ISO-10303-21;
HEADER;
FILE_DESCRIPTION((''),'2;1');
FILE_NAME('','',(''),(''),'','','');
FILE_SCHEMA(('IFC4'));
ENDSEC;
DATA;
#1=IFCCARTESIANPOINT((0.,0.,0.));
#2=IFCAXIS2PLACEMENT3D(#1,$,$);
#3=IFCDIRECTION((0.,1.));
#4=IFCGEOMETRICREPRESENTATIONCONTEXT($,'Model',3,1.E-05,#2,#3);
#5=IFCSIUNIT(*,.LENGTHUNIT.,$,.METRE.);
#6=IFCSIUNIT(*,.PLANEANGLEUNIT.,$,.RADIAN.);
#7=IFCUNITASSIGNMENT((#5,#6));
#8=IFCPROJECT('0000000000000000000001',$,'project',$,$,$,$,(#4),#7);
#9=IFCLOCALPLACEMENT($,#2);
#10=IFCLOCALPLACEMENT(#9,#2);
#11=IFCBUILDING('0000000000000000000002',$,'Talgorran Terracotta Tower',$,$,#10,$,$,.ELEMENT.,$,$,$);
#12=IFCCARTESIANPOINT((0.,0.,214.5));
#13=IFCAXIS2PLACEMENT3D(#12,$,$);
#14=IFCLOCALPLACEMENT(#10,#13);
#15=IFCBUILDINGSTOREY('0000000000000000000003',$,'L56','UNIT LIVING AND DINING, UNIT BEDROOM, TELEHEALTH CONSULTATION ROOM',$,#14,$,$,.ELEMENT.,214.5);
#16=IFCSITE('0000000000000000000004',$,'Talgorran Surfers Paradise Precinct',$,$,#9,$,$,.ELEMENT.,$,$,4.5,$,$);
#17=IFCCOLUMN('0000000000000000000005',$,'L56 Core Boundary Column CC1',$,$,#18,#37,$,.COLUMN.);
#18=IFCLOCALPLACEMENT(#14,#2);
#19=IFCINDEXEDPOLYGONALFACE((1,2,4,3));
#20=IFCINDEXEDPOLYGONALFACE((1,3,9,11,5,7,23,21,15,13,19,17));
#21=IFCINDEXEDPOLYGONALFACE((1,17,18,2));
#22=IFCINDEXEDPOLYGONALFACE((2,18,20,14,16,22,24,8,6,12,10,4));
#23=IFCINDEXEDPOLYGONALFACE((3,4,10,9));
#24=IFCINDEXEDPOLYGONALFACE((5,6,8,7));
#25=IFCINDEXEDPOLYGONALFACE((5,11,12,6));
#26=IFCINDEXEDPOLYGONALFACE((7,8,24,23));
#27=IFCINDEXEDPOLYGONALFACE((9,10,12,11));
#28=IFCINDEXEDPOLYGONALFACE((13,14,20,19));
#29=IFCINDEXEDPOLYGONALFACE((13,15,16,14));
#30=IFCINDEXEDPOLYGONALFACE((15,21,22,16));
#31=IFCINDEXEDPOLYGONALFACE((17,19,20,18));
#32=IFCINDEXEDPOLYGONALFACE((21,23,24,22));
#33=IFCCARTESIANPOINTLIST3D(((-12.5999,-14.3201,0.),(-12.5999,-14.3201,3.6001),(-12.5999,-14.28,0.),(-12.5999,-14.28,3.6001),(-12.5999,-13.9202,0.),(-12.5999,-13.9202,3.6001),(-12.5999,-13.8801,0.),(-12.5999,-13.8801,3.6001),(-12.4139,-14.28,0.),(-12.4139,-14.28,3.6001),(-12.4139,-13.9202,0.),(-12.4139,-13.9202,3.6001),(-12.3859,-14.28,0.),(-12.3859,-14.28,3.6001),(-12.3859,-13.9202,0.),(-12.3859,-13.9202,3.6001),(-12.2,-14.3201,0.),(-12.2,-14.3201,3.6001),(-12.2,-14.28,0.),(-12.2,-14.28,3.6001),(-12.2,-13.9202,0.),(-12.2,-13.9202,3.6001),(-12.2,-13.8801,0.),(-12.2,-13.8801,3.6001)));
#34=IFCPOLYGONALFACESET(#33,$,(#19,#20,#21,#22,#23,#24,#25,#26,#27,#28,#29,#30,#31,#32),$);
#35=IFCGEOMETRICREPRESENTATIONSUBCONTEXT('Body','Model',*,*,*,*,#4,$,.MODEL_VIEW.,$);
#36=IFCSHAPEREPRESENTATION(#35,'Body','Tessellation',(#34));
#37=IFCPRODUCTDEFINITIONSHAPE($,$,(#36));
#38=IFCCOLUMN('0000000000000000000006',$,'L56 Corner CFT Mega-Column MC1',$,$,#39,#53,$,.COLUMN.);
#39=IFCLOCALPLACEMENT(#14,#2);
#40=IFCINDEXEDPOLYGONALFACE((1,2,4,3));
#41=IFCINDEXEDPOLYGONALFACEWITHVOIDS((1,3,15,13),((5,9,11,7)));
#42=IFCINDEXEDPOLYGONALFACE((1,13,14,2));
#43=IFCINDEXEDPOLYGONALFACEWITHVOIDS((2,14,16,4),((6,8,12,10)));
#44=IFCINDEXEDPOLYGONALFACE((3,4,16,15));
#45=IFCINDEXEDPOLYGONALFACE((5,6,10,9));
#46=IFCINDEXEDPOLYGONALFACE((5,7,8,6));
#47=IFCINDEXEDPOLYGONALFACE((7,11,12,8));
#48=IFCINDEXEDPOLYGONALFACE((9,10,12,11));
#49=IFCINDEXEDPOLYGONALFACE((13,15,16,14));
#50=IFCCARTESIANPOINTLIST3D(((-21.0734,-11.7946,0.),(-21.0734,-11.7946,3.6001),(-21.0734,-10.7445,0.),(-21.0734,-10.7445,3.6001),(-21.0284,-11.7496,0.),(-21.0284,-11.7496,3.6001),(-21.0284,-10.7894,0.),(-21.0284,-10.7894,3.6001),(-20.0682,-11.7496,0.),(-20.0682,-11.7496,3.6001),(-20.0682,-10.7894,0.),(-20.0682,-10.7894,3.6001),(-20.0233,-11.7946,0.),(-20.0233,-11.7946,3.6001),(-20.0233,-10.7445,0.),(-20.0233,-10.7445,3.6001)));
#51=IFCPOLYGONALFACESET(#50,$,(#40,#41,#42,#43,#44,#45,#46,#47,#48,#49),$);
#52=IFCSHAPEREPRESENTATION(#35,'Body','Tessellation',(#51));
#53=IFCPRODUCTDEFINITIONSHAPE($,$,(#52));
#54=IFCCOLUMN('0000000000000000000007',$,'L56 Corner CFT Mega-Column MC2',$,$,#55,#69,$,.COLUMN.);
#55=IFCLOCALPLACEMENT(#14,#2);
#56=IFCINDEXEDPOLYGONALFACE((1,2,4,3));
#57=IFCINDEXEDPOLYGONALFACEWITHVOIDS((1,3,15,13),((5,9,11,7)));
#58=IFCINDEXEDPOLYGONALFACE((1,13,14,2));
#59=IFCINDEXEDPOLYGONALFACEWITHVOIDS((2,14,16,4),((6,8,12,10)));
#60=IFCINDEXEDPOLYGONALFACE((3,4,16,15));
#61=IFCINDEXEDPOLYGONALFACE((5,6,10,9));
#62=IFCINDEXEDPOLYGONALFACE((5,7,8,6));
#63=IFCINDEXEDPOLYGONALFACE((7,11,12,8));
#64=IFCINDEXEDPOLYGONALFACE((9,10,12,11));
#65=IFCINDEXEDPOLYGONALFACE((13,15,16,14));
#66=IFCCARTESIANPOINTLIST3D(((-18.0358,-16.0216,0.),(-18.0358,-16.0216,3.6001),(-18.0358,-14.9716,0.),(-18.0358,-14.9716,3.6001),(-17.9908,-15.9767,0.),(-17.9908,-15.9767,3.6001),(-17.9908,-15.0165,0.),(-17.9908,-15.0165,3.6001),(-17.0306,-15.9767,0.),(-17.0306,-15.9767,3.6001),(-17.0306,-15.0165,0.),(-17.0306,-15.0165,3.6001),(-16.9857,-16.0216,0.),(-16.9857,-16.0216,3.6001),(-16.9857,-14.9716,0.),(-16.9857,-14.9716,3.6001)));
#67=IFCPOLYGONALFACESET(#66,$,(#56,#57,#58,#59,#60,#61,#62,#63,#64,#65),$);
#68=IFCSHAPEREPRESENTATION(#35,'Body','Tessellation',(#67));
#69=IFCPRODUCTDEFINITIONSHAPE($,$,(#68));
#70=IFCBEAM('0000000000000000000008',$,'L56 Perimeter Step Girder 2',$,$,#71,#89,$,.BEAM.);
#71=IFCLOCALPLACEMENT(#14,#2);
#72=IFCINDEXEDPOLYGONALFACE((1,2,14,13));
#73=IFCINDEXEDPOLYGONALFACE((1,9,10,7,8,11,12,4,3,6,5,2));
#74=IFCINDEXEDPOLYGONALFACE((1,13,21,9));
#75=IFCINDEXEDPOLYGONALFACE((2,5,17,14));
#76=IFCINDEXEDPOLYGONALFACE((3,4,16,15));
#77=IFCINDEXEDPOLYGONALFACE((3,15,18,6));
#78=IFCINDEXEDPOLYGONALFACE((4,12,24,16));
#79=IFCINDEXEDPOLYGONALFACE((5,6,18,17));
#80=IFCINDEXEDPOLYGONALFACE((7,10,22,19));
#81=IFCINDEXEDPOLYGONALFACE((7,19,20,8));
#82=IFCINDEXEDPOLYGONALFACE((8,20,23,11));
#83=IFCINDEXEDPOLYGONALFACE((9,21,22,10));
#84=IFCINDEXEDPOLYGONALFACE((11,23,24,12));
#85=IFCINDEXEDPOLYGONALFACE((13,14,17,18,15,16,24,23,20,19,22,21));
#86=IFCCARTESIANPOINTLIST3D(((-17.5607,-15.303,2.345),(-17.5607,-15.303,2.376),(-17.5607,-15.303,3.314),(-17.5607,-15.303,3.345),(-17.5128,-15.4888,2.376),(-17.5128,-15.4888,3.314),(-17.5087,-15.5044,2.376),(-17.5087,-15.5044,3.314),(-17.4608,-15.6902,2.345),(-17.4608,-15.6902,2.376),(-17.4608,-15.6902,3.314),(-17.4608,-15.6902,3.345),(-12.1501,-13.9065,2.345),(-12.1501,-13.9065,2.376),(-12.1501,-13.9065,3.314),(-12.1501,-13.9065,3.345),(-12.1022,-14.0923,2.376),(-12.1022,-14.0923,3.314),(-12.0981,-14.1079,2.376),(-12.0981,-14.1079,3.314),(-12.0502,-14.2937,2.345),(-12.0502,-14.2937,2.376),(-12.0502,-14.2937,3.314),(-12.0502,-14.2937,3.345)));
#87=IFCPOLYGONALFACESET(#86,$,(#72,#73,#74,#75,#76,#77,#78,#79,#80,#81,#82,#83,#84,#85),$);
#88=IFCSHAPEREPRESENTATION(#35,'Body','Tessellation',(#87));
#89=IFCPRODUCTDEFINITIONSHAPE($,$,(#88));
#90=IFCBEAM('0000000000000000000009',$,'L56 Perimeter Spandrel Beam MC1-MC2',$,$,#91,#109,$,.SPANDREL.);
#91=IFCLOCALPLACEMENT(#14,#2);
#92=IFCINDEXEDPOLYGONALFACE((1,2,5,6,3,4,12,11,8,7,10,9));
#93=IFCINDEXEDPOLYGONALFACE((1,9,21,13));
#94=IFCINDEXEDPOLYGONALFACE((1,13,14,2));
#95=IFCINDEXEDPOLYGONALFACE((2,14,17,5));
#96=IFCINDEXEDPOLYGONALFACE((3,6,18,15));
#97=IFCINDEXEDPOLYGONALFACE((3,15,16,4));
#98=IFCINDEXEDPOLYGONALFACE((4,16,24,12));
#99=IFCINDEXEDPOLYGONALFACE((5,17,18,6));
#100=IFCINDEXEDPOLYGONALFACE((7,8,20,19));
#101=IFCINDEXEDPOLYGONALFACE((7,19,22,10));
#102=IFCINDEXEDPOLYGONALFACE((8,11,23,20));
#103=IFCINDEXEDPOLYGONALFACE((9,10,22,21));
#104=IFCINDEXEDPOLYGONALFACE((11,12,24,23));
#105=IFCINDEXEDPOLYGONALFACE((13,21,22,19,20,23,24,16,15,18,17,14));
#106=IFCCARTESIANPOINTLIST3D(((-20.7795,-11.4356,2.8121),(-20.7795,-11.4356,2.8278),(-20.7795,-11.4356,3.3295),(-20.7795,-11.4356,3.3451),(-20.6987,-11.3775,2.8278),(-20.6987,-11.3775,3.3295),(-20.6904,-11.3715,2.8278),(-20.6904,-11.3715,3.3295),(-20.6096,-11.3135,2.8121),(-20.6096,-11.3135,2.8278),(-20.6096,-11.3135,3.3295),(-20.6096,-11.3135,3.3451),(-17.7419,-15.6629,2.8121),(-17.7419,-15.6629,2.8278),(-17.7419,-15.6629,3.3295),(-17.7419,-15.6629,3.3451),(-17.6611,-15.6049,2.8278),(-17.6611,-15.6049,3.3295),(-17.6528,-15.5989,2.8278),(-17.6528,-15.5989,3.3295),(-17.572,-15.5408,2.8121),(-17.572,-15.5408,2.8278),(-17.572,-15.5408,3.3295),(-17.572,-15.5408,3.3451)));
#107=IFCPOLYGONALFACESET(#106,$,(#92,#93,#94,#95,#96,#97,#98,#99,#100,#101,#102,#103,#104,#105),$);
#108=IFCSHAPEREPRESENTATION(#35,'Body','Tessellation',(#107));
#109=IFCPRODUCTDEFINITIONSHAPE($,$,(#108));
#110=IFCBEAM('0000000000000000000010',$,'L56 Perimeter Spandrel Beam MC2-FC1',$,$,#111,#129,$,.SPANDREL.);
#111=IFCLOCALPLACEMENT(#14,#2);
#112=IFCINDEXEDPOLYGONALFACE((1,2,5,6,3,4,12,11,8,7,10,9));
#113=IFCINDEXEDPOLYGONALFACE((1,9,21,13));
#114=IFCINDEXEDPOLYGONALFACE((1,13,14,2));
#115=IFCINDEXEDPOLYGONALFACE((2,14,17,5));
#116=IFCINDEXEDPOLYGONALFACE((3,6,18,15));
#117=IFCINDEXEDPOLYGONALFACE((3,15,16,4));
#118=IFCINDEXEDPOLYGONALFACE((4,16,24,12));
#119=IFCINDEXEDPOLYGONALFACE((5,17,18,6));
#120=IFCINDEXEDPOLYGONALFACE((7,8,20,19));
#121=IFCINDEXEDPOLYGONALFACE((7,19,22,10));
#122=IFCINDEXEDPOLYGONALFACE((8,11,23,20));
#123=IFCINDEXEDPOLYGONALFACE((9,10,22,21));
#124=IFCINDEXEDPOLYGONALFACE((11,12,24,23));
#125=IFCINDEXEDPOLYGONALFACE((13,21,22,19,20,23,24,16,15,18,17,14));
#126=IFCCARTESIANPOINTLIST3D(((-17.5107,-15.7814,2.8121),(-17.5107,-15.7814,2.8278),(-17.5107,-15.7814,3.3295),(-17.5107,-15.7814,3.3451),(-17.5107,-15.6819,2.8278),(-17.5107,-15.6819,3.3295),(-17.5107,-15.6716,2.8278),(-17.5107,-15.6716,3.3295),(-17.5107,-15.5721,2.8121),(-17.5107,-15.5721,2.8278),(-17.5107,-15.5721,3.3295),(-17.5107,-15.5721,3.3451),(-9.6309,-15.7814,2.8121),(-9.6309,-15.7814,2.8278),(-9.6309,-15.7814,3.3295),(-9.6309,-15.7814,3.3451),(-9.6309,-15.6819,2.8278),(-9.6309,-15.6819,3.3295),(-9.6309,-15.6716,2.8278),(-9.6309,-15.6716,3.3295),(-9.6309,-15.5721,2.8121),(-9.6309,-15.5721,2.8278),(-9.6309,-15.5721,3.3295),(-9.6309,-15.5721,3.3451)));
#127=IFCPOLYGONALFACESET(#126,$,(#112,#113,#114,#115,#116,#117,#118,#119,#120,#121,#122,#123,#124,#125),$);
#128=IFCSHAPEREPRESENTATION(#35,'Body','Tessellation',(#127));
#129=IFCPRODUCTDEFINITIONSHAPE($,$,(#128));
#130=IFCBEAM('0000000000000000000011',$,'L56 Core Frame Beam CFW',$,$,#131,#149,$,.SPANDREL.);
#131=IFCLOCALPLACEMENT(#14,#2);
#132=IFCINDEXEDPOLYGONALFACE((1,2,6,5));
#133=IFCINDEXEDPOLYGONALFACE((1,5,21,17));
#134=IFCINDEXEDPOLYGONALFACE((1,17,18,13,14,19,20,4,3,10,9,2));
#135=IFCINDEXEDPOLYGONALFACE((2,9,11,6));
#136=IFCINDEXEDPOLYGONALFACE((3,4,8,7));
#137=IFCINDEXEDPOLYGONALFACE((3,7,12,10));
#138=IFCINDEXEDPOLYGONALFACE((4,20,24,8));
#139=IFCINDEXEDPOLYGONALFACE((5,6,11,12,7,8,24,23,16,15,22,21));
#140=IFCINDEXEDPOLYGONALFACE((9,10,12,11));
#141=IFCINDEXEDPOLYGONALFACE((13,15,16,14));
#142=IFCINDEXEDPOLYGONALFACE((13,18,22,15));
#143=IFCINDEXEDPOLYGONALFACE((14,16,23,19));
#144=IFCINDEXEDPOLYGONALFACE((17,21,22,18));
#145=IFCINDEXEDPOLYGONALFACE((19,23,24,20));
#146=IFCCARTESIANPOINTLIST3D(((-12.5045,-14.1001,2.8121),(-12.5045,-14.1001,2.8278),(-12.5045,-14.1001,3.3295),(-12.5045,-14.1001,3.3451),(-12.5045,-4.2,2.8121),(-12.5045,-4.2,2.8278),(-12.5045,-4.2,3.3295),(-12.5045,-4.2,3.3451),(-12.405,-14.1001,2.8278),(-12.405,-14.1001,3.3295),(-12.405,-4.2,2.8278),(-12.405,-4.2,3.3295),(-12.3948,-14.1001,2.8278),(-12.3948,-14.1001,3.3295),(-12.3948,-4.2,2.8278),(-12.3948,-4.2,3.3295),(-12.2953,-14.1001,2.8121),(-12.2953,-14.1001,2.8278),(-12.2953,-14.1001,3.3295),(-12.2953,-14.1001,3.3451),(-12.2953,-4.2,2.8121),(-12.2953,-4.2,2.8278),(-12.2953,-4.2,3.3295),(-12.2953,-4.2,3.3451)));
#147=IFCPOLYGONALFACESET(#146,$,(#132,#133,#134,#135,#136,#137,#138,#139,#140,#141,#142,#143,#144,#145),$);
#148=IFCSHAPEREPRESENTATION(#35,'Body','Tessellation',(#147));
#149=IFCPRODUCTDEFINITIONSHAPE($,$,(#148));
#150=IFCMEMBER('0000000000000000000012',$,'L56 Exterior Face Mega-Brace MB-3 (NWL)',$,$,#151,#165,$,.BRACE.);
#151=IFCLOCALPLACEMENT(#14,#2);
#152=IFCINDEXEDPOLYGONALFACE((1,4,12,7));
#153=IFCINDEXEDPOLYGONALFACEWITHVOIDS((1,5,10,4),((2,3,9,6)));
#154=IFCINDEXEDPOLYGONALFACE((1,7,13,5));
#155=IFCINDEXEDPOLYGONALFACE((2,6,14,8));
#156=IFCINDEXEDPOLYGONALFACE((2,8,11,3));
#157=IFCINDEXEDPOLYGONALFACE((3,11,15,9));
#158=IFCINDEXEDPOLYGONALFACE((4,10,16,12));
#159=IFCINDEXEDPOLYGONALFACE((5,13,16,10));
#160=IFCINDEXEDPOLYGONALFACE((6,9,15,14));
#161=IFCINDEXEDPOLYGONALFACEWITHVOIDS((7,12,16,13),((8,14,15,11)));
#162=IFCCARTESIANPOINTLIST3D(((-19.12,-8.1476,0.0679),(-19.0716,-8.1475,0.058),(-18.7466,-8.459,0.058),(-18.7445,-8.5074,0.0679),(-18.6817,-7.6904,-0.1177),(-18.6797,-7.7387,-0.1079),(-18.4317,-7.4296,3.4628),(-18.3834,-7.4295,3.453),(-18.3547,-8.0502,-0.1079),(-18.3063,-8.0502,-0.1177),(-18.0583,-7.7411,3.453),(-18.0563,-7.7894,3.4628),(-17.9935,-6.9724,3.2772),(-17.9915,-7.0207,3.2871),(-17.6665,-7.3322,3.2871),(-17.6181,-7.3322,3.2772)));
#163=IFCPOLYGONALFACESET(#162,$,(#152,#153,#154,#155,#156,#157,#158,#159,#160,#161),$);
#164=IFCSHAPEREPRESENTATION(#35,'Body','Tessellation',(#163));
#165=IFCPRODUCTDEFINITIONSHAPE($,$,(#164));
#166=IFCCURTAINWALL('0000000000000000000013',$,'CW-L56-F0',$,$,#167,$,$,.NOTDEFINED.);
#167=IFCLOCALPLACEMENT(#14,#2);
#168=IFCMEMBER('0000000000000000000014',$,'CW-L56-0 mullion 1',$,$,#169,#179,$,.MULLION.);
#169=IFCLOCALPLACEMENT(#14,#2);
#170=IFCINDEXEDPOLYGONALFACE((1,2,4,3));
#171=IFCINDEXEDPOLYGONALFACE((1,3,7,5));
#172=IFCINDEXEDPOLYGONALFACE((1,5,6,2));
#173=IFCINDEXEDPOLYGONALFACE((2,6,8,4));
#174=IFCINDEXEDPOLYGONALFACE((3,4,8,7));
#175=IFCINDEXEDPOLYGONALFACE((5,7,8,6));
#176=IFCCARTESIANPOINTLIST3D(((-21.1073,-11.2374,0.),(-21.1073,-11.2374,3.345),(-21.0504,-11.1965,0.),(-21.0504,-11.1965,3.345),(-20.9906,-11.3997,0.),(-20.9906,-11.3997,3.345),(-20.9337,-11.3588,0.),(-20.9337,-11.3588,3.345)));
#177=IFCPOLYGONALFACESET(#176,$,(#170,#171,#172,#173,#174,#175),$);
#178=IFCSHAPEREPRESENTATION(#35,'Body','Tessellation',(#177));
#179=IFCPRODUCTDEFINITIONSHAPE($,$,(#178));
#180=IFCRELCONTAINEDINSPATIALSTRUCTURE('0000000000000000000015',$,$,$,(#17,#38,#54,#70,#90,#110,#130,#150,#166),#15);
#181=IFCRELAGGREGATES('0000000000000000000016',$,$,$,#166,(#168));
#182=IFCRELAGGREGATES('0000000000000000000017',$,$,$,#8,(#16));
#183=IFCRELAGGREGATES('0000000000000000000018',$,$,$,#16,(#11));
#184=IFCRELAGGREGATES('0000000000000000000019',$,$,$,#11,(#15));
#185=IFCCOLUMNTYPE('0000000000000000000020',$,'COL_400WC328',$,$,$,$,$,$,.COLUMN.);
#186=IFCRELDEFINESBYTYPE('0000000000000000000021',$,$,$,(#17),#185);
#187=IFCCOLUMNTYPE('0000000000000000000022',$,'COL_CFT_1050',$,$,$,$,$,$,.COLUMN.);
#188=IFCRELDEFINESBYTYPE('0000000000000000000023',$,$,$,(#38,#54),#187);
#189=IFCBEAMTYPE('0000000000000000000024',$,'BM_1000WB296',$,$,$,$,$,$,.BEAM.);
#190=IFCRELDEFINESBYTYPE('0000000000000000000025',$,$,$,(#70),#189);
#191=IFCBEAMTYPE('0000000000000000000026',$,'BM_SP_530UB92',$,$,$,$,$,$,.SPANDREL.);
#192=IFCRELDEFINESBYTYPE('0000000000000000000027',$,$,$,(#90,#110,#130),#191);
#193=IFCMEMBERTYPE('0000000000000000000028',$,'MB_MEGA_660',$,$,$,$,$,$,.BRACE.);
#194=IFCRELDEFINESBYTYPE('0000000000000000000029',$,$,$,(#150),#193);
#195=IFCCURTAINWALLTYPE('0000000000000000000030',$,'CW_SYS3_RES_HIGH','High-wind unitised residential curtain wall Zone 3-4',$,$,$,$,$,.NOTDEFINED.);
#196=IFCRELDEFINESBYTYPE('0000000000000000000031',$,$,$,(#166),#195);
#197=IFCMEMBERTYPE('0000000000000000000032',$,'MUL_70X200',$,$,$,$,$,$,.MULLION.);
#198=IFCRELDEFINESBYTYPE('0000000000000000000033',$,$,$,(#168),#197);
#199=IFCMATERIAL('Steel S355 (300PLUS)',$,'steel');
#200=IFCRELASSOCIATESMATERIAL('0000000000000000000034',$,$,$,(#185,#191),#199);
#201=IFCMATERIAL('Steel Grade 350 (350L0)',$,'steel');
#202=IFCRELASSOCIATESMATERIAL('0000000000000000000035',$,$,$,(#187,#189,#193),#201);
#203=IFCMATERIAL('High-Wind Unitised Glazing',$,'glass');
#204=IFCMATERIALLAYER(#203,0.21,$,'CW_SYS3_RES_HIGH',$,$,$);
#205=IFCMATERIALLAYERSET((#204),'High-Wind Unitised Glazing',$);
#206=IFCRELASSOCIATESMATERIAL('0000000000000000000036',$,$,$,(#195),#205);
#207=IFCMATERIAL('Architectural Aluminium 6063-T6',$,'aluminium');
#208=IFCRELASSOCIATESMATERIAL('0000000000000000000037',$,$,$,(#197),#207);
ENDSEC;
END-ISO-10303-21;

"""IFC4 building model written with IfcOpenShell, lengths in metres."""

from ifc_helpers import new_model, si_unit, direction, frame, origin, origin_2d, place, context, subcontext, project, spatial, rectangle, hollow_rectangle, i_section, extrude, material, layer, layer_set, material_profile, profile_set, type_object, element, aggregate, save


model = new_model("IFC4")

# Units and contexts
model_context = context("Model", 3, precision=1e-05, world=origin(), true_north=direction((0.0, 1.0)))
body_context = subcontext(model_context, "Body", "Model", "MODEL_VIEW")
ifc_project = project(units=[si_unit("LENGTHUNIT", "METRE"), si_unit("PLANEANGLEUNIT", "RADIAN")], contexts=[model_context])

# Site, building, storey
site_placement = place(None, origin())
site = spatial("IfcSite", under=ifc_project, at=site_placement, Name="Talgorran Surfers Paradise Precinct", CompositionType="ELEMENT", RefElevation=4.5)
building_placement = place(site_placement, origin())
building = spatial("IfcBuilding", under=site, at=building_placement, Name="Talgorran Terracotta Tower", CompositionType="ELEMENT")
storey_placement = place(building_placement, frame((0.0, 0.0, 214.5)))
storey = spatial("IfcBuildingStorey", under=building, at=storey_placement, Name="L56", Description="UNIT LIVING AND DINING, UNIT BEDROOM, TELEHEALTH CONSULTATION ROOM", CompositionType="ELEMENT", Elevation=214.5)

# Columns
ifc_material_1 = material(Name="Steel S355 (300PLUS)", Category="steel")
ifc_material_profile_1 = material_profile(ifc_material_1, i_section(OverallWidth=0.3999, OverallDepth=0.4399, WebThickness=0.0281, FlangeThickness=0.04, at=origin_2d()), Name="400WC328")
ifc_profile_set_1 = profile_set([ifc_material_profile_1], Name="Steel S355 (300PLUS)")
column_type_1 = type_object("IfcColumnType", Name="COL_400WC328", PredefinedType="COLUMN", material=ifc_profile_set_1)
column_placement = place(storey_placement, frame((-12.3999, -14.1001, 0.0), z_axis=(0.0, 0.0, 1.0), x_axis=(1.0, 0.0, 0.0)))
element("IfcColumn", 1, at=column_placement, inside=storey, type_object=column_type_1, Name="L56 Core Boundary Column CC1", PredefinedType="COLUMN", context=body_context, shape_type="SweptSolid", body=[
    extrude(i_section(OverallWidth=0.3999, OverallDepth=0.4399, WebThickness=0.0281, FlangeThickness=0.04, at=origin_2d()), origin(), (0.0, 0.0, 1.0), 3.6001),
])
ifc_material_2 = material(Name="Steel Grade 350 (350L0)", Category="steel")
ifc_material_profile_2 = material_profile(ifc_material_2, hollow_rectangle(XDim=1.05, YDim=1.05, WallThickness=0.0449, at=origin_2d()), Name="CFT1050X1050X45")
ifc_profile_set_2 = profile_set([ifc_material_profile_2], Name="Steel Grade 350 (350L0)")
column_type_2 = type_object("IfcColumnType", Name="COL_CFT_1050", PredefinedType="COLUMN", material=ifc_profile_set_2)
for number, where, z_axis, x_axis, name in (
    (2, (-20.5483, -11.2695, 0.0), (0.0, 0.0, 1.0), (1.0, 0.0, 0.0), "L56 Corner CFT Mega-Column MC1"),
    (3, (-17.5107, -15.4966, 0.0), (0.0, 0.0, 1.0), (1.0, 0.0, 0.0), "L56 Corner CFT Mega-Column MC2"),
):
    element("IfcColumn", number, at=place(storey_placement, frame(where, z_axis=z_axis, x_axis=x_axis)), inside=storey, type_object=column_type_2, Name=name, PredefinedType="COLUMN", context=body_context, shape_type="SweptSolid", body=[
        extrude(hollow_rectangle(XDim=1.05, YDim=1.05, WallThickness=0.0449, at=origin_2d()), origin(), (0.0, 0.0, 1.0), 3.6001),
    ])

# Beams
ifc_material_profile_3 = material_profile(ifc_material_2, i_section(OverallWidth=0.3999, OverallDepth=1.0, WebThickness=0.0161, FlangeThickness=0.031, at=origin_2d()), Name="1000WB296")
ifc_profile_set_3 = profile_set([ifc_material_profile_3], Name="Steel Grade 350 (350L0)")
beam_type_1 = type_object("IfcBeamType", Name="BM_1000WB296", PredefinedType="BEAM", material=ifc_profile_set_3)
beam_1_placement = place(storey_placement, frame((-17.5107, -15.4966, 2.845), z_axis=(0.968269, 0.24991, 0.0), x_axis=(-0.24991, 0.968269, 0.0)))
element("IfcBeam", 4, at=beam_1_placement, inside=storey, type_object=beam_type_1, Name="L56 Perimeter Step Girder 2", PredefinedType="BEAM", context=body_context, shape_type="SweptSolid", body=[
    extrude(i_section(OverallWidth=0.3999, OverallDepth=1.0, WebThickness=0.0161, FlangeThickness=0.031, at=origin_2d()), origin(), (0.0, 0.0, 1.0), 5.5879),
])
ifc_material_profile_4 = material_profile(ifc_material_1, i_section(OverallWidth=0.2092, OverallDepth=0.533, WebThickness=0.0103, FlangeThickness=0.0156, at=origin_2d()), Name="530UB92.4")
ifc_profile_set_4 = profile_set([ifc_material_profile_4], Name="Steel S355 (300PLUS)")
beam_type_2 = type_object("IfcBeamType", Name="BM_SP_530UB92", PredefinedType="SPANDREL", material=ifc_profile_set_4)
beam_2_placement = place(storey_placement, frame((-20.6946, -11.3745, 3.0786), z_axis=(0.583538, -0.812086, 0.0), x_axis=(0.812086, 0.583538, 0.0)))
element("IfcBeam", 5, at=beam_2_placement, inside=storey, type_object=beam_type_2, Name="L56 Perimeter Spandrel Beam MC1-MC2", PredefinedType="SPANDREL", context=body_context, shape_type="SweptSolid", body=[
    extrude(i_section(OverallWidth=0.2092, OverallDepth=0.533, WebThickness=0.0103, FlangeThickness=0.0156, at=origin_2d()), origin(), (0.0, 0.0, 1.0), 5.2056),
])
beam_3_placement = place(storey_placement, frame((-17.5107, -15.6768, 3.0786), z_axis=(1.0, 0.0, 0.0), x_axis=(0.0, 1.0, 0.0)))
element("IfcBeam", 6, at=beam_3_placement, inside=storey, type_object=beam_type_2, Name="L56 Perimeter Spandrel Beam MC2-FC1", PredefinedType="SPANDREL", context=body_context, shape_type="SweptSolid", body=[
    extrude(i_section(OverallWidth=0.2092, OverallDepth=0.533, WebThickness=0.0103, FlangeThickness=0.0156, at=origin_2d()), origin(), (0.0, 0.0, 1.0), 7.8799),
])
beam_4_placement = place(storey_placement, frame((-12.3999, -14.1001, 3.0786), z_axis=(0.0, 1.0, 0.0), x_axis=(-1.0, 0.0, 0.0)))
element("IfcBeam", 7, at=beam_4_placement, inside=storey, type_object=beam_type_2, Name="L56 Core Frame Beam CFW", PredefinedType="SPANDREL", context=body_context, shape_type="SweptSolid", body=[
    extrude(i_section(OverallWidth=0.2092, OverallDepth=0.533, WebThickness=0.0103, FlangeThickness=0.0156, at=origin_2d()), origin(), (0.0, 0.0, 1.0), 9.9001),
])

# Member
ifc_material_profile_5 = material_profile(ifc_material_2, hollow_rectangle(XDim=0.52, YDim=0.6599, WallThickness=0.0349, at=origin_2d()), Name="WBOX660X520X35")
ifc_profile_set_5 = profile_set([ifc_material_profile_5], Name="Steel Grade 350 (350L0)")
member_type_1 = type_object("IfcMemberType", Name="MB_MEGA_660", PredefinedType="BRACE", material=ifc_profile_set_5)
member_1_placement = place(storey_placement, frame((-18.7131, -8.0989, -0.0249), z_axis=(0.194542, 0.202961, 0.959667), x_axis=(-0.721922, 0.691975, 0.0)))
element("IfcMember", 8, at=member_1_placement, inside=storey, type_object=member_type_1, Name="L56 Exterior Face Mega-Brace MB-3 (NWL)", PredefinedType="BRACE", context=body_context, shape_type="SweptSolid", body=[
    extrude(hollow_rectangle(XDim=0.52, YDim=0.6599, WallThickness=0.0349, at=origin_2d()), origin(), (0.0, 0.0, 1.0), 3.5376),
])

# Curtain wall, member
ifc_material_3 = material(Name="High-Wind Unitised Glazing", Category="glass")
ifc_layer_1 = layer(ifc_material_3, 0.21, Name="CW_SYS3_RES_HIGH")
ifc_layer_set_1 = layer_set([ifc_layer_1], Name="High-Wind Unitised Glazing")
curtain_wall_type = type_object("IfcCurtainWallType", Name="CW_SYS3_RES_HIGH", Description="High-wind unitised residential curtain wall Zone 3-4", PredefinedType="NOTDEFINED", material=ifc_layer_set_1)
curtain_wall_1_placement = place(storey_placement, origin())
curtain_wall_1 = element("IfcCurtainWall", 9, at=curtain_wall_1_placement, inside=storey, type_object=curtain_wall_type, Name="CW-L56-F0", PredefinedType="NOTDEFINED")
ifc_material_4 = material(Name="Architectural Aluminium 6063-T6", Category="aluminium")
ifc_material_profile_6 = material_profile(ifc_material_4, rectangle(XDim=0.0701, YDim=0.2, at=origin_2d()), Name="CWM70X200")
ifc_profile_set_6 = profile_set([ifc_material_profile_6], Name="Architectural Aluminium 6063-T6")
member_type_2 = type_object("IfcMemberType", Name="MUL_70X200", PredefinedType="MULLION", material=ifc_profile_set_6)
member_2_placement = place(storey_placement, frame((-21.0205, -11.2981, 0.0), z_axis=(0.0, 0.0, 1.0), x_axis=(0.812076, 0.583552, 0.0)))
member_2 = element("IfcMember", 10, at=member_2_placement, type_object=member_type_2, Name="CW-L56-0 mullion 1", PredefinedType="MULLION", context=body_context, shape_type="SweptSolid", body=[
    extrude(rectangle(XDim=0.0701, YDim=0.2, at=origin_2d()), origin(), (0.0, 0.0, 1.0), 3.345),
])

aggregate(curtain_wall_1, [member_2])

save(model, "model.ifc")
